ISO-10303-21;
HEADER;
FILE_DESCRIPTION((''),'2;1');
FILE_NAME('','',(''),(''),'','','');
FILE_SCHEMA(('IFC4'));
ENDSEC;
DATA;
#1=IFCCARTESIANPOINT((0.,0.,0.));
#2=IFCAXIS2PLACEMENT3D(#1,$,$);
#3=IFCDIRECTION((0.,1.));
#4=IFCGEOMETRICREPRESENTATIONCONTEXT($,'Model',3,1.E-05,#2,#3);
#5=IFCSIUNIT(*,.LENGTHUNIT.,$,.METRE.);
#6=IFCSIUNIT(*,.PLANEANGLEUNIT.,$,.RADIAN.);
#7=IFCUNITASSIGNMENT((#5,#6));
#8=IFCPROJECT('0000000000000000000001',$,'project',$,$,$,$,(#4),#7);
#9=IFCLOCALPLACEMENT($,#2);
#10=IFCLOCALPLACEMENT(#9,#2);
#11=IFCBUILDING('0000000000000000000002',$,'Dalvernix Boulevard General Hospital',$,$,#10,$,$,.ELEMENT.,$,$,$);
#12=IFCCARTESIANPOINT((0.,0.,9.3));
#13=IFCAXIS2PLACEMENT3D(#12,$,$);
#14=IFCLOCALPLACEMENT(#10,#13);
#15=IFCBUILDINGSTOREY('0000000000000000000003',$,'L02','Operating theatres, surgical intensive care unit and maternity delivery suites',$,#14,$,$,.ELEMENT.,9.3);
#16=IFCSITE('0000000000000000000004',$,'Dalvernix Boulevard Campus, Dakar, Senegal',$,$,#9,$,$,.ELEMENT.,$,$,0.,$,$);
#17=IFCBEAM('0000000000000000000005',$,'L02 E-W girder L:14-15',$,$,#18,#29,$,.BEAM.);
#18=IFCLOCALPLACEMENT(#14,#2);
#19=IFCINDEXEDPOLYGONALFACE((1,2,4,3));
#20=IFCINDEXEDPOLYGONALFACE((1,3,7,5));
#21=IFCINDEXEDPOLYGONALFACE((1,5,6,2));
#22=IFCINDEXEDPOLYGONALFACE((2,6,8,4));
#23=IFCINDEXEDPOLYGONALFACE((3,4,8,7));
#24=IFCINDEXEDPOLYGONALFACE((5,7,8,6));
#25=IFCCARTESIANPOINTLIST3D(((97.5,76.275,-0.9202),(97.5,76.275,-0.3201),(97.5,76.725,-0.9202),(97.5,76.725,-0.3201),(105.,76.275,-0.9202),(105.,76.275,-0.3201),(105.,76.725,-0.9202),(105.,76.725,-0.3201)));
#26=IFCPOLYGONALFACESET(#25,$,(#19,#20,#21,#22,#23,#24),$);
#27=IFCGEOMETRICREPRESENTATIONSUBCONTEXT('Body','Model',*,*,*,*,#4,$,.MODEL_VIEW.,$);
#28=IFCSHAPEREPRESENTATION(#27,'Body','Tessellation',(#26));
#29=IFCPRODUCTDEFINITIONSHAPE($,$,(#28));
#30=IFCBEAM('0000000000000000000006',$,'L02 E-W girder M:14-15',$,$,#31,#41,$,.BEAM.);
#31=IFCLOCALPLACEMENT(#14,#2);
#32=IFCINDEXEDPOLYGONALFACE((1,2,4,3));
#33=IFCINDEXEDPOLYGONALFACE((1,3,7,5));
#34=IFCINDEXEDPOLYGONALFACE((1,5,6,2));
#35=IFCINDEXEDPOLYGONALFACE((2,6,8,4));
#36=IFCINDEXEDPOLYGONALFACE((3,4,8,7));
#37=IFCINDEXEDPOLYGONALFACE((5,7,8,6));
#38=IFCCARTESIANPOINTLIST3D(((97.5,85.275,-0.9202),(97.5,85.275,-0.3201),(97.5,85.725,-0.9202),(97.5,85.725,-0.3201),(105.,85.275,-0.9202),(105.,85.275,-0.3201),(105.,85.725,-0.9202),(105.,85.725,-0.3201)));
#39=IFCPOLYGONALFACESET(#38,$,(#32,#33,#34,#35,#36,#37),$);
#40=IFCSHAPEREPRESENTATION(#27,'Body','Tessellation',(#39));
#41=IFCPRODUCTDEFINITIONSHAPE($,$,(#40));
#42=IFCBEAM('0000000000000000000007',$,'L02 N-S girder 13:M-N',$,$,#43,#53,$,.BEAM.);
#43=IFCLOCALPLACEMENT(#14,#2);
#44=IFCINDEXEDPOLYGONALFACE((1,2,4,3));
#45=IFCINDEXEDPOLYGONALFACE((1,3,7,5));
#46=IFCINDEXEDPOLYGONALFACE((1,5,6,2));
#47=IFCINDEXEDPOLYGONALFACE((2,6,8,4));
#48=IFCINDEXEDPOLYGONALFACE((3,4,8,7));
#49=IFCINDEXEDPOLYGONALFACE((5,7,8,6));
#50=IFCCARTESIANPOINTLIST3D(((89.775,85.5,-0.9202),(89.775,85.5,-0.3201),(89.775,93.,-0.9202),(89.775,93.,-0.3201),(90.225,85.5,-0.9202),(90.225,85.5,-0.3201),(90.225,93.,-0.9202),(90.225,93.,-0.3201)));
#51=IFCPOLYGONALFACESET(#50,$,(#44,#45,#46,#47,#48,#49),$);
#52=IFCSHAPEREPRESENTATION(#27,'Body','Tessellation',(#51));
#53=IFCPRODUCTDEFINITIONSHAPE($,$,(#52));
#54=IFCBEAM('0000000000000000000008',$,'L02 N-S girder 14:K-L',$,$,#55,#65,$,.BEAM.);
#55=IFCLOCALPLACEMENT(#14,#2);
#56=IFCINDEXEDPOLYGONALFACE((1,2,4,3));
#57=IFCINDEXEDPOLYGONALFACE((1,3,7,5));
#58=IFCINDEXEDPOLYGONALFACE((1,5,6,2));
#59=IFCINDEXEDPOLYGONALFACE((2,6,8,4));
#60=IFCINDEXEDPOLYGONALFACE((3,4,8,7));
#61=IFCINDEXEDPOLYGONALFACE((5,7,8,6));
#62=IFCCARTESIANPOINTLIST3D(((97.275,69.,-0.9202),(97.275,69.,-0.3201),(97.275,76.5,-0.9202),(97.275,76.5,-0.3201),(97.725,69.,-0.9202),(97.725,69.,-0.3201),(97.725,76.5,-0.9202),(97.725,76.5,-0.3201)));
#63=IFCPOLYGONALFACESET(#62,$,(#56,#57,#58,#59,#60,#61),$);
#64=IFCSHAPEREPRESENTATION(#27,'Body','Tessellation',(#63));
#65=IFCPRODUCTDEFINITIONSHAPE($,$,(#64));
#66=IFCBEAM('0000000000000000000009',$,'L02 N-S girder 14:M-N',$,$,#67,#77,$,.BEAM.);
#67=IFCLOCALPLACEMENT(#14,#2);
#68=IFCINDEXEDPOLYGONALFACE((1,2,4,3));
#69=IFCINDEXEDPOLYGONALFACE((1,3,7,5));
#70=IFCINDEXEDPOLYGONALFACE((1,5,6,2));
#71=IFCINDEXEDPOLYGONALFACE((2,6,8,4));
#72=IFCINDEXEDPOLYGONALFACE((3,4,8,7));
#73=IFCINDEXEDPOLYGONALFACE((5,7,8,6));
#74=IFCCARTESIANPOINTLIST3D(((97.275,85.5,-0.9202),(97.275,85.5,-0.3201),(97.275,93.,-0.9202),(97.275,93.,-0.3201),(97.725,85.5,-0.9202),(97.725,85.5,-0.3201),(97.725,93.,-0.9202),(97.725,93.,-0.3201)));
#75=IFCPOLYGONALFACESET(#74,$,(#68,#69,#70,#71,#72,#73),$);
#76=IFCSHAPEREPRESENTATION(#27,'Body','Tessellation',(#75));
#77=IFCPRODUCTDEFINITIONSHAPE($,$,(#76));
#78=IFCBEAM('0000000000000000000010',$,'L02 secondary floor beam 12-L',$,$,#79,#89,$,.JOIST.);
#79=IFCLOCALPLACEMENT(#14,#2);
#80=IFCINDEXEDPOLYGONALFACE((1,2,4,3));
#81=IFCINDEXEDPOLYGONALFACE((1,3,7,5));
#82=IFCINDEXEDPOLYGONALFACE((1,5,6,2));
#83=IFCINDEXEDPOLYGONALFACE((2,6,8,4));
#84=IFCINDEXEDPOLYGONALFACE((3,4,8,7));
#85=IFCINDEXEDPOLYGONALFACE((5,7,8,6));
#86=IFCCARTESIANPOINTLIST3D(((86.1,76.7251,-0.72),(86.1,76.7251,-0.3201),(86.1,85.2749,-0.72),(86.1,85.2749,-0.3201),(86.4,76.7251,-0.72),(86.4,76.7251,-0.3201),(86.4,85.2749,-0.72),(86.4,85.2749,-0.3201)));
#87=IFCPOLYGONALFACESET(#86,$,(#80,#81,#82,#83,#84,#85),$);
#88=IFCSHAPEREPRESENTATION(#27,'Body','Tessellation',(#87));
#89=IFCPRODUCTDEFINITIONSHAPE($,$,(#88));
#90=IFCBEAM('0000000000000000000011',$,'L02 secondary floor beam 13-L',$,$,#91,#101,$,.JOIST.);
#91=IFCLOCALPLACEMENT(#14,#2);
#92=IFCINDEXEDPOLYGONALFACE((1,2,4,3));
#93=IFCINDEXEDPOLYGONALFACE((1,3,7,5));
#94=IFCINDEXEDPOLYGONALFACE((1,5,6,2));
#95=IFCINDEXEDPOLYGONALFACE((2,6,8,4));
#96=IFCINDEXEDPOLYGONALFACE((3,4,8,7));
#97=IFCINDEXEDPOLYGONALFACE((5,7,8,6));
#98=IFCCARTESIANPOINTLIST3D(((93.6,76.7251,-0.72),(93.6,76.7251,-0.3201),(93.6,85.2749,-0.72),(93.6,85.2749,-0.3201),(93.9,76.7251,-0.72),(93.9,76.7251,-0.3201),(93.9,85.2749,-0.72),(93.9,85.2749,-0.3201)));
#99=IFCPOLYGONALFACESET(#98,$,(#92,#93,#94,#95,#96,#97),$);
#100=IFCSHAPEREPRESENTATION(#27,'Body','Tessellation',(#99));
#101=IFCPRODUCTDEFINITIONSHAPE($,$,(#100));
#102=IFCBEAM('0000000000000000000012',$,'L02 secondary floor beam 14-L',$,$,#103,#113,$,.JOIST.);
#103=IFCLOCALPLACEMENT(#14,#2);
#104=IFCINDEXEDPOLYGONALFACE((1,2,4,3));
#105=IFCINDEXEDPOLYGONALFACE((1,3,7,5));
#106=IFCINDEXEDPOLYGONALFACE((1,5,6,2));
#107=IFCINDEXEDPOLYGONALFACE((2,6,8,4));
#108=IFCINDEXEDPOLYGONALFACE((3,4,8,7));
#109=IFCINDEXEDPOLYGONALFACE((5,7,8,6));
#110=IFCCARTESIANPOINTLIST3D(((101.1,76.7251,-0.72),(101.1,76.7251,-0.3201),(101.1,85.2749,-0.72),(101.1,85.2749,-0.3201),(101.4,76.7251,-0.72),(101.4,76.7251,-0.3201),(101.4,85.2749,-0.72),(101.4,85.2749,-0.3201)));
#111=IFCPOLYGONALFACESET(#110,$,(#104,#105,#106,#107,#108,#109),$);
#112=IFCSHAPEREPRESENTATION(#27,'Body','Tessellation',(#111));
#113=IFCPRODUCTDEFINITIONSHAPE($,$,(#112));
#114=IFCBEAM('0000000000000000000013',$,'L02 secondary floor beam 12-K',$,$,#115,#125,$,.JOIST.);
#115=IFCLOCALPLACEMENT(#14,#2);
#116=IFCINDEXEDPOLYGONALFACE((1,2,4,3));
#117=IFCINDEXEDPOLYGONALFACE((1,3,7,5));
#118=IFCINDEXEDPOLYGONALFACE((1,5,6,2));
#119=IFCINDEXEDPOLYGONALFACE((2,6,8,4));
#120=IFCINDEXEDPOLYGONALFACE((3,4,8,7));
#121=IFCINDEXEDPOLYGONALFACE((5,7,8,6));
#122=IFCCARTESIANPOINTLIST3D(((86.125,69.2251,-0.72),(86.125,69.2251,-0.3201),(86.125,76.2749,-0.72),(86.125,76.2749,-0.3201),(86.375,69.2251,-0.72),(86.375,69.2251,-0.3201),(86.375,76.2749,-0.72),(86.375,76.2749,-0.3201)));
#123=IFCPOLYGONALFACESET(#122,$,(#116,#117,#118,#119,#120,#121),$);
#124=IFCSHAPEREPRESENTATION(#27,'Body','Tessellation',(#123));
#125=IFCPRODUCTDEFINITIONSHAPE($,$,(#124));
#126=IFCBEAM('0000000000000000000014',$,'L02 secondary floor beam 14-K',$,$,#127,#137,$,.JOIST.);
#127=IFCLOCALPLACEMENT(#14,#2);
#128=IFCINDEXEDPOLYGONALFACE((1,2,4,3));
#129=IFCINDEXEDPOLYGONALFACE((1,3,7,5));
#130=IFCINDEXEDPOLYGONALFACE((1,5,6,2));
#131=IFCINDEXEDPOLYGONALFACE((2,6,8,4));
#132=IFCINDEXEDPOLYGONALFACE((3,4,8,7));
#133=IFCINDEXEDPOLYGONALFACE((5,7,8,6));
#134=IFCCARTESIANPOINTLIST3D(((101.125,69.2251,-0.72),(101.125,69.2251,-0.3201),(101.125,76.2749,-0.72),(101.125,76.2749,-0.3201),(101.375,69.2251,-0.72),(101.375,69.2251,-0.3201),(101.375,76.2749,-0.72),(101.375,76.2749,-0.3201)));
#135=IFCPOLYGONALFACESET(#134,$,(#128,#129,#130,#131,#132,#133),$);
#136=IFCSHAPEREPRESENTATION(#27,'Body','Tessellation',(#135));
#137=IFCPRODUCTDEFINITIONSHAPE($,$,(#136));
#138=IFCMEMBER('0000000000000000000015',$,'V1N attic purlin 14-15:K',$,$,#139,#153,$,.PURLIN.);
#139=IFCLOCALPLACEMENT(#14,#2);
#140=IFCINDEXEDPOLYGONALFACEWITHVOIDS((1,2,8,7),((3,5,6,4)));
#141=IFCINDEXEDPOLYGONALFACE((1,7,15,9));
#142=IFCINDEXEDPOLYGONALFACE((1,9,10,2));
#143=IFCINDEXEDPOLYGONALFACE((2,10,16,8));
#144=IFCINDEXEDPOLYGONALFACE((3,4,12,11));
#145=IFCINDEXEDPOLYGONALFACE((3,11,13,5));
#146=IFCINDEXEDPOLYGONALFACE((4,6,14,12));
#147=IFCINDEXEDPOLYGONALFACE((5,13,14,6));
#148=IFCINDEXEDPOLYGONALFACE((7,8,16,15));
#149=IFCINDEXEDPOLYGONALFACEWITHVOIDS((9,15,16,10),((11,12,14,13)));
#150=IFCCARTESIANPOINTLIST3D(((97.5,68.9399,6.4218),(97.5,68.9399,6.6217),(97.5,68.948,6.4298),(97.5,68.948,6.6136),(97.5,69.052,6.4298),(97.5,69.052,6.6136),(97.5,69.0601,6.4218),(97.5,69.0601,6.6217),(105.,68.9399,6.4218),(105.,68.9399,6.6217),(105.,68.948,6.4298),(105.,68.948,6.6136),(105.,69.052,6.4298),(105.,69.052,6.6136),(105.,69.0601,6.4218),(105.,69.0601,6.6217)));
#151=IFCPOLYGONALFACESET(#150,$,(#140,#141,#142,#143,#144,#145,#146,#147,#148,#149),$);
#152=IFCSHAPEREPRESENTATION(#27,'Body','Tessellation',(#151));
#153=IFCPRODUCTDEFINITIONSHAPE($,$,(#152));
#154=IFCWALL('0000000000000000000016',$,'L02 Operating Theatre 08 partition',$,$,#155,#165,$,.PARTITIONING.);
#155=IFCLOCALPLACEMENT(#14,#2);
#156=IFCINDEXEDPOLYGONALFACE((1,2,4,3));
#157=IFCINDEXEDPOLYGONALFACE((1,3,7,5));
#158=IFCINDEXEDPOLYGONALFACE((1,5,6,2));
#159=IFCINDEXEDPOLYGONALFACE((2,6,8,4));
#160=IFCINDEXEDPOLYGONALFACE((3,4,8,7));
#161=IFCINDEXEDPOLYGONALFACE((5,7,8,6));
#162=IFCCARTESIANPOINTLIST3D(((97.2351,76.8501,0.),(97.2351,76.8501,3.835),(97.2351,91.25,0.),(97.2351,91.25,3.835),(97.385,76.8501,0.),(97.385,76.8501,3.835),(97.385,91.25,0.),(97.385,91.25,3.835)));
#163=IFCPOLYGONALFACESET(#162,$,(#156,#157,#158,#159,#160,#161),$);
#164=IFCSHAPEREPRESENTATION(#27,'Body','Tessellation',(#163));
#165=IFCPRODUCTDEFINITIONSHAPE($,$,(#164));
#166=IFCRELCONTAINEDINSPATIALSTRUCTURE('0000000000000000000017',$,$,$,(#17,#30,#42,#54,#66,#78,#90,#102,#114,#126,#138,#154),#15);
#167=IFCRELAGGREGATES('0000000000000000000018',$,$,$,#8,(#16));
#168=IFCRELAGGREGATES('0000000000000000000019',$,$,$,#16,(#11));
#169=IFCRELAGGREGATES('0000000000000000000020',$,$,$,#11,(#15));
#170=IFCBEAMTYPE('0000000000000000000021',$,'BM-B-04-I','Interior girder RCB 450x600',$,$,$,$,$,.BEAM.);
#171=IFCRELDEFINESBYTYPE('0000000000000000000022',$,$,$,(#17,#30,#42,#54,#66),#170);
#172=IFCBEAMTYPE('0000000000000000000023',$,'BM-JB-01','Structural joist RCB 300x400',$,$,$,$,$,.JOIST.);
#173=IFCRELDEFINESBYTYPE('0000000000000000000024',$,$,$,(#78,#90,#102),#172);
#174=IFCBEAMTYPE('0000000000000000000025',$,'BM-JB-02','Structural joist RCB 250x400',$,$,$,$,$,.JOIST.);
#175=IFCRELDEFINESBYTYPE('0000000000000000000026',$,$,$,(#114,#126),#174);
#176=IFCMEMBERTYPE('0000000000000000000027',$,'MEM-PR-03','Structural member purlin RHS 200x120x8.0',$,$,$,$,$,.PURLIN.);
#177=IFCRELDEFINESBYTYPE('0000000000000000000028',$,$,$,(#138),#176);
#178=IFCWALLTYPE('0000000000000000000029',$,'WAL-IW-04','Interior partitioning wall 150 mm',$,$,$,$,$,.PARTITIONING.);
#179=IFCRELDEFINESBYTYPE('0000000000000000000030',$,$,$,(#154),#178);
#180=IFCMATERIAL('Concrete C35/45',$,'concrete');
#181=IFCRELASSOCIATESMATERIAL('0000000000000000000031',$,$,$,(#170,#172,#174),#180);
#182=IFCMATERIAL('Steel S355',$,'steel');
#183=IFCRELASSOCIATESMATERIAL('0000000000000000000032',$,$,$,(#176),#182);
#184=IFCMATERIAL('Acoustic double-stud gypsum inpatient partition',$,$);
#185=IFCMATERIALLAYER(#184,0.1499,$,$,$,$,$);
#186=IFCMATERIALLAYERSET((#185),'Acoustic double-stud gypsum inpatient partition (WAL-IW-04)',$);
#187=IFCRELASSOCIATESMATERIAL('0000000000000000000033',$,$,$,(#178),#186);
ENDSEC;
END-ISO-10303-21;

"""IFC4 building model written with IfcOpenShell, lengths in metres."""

from ifc_helpers import new_model, si_unit, direction, frame, frame_2d, origin, origin_2d, place, context, subcontext, project, spatial, rectangle, hollow_rectangle, extrude, material, layer, layer_set, material_profile, profile_set, type_object, element, save


model = new_model("IFC4")

# Units and contexts
model_context = context("Model", 3, precision=1e-05, world=origin(), true_north=direction((0.0, 1.0)))
body_context = subcontext(model_context, "Body", "Model", "MODEL_VIEW")
ifc_project = project(units=[si_unit("LENGTHUNIT", "METRE"), si_unit("PLANEANGLEUNIT", "RADIAN")], contexts=[model_context])

# Site, building, storey
site_placement = place(None, origin())
site = spatial("IfcSite", under=ifc_project, at=site_placement, Name="Dalvernix Boulevard Campus, Dakar, Senegal", CompositionType="ELEMENT", RefElevation=0.0)
building_placement = place(site_placement, origin())
building = spatial("IfcBuilding", under=site, at=building_placement, Name="Dalvernix Boulevard General Hospital", CompositionType="ELEMENT")
storey_placement = place(building_placement, frame((0.0, 0.0, 9.3)))
storey = spatial("IfcBuildingStorey", under=building, at=storey_placement, Name="L02", Description="Operating theatres, surgical intensive care unit and maternity delivery suites", CompositionType="ELEMENT", Elevation=9.3)

# Shared definitions
ifc_material_1 = material(Name="Steel S355", Category="steel")

# Beams
ifc_material_2 = material(Name="Concrete C35/45", Category="concrete")
ifc_material_profile_1 = material_profile(ifc_material_2, rectangle(XDim=0.45, YDim=0.6001, at=origin_2d()), Name="RCB 450x600")
ifc_profile_set_1 = profile_set([ifc_material_profile_1], Name="Concrete C35/45")
beam_type_1 = type_object("IfcBeamType", Name="BM-B-04-I", Description="Interior girder RCB 450x600", PredefinedType="BEAM", material=ifc_profile_set_1)
for number, where, z_axis, x_axis, name in (
    (1, (97.5, 76.5, -0.6201), (1.0, 0.0, 0.0), (0.0, 1.0, 0.0), "L02 E-W girder L:14-15"),
    (2, (97.5, 85.5, -0.6201), (1.0, 0.0, 0.0), (0.0, 1.0, 0.0), "L02 E-W girder M:14-15"),
    (3, (90.0, 85.5, -0.6201), (0.0, 1.0, 0.0), (-1.0, 0.0, 0.0), "L02 N-S girder 13:M-N"),
    (4, (97.5, 69.0, -0.6201), (0.0, 1.0, 0.0), (-1.0, 0.0, 0.0), "L02 N-S girder 14:K-L"),
    (5, (97.5, 85.5, -0.6201), (0.0, 1.0, 0.0), (-1.0, 0.0, 0.0), "L02 N-S girder 14:M-N"),
):
    element("IfcBeam", number, at=place(storey_placement, frame(where, z_axis=z_axis, x_axis=x_axis)), inside=storey, type_object=beam_type_1, Name=name, PredefinedType="BEAM", context=body_context, shape_type="SweptSolid", body=[
        extrude(rectangle(XDim=0.45, YDim=0.6001, at=origin_2d()), origin(), (0.0, 0.0, 1.0), 7.5),
    ])
ifc_material_profile_2 = material_profile(ifc_material_2, rectangle(XDim=0.3, YDim=0.3999, at=origin_2d()), Name="RCB 300x400")
ifc_profile_set_2 = profile_set([ifc_material_profile_2], Name="Concrete C35/45")
beam_type_2 = type_object("IfcBeamType", Name="BM-JB-01", Description="Structural joist RCB 300x400", PredefinedType="JOIST", material=ifc_profile_set_2)
for number, where, z_axis, x_axis, name in (
    (6, (86.25, 76.7251, -0.52), (0.0, 1.0, 0.0), (-1.0, 0.0, 0.0), "L02 secondary floor beam 12-L"),
    (7, (93.75, 76.7251, -0.52), (0.0, 1.0, 0.0), (-1.0, 0.0, 0.0), "L02 secondary floor beam 13-L"),
    (8, (101.25, 76.7251, -0.52), (0.0, 1.0, 0.0), (-1.0, 0.0, 0.0), "L02 secondary floor beam 14-L"),
):
    element("IfcBeam", number, at=place(storey_placement, frame(where, z_axis=z_axis, x_axis=x_axis)), inside=storey, type_object=beam_type_2, Name=name, PredefinedType="JOIST", context=body_context, shape_type="SweptSolid", body=[
        extrude(rectangle(XDim=0.3, YDim=0.3999, at=origin_2d()), origin(), (0.0, 0.0, 1.0), 8.5498),
    ])
ifc_material_profile_3 = material_profile(ifc_material_2, rectangle(XDim=0.25, YDim=0.3999, at=origin_2d()), Name="RCB 250x400")
ifc_profile_set_3 = profile_set([ifc_material_profile_3], Name="Concrete C35/45")
beam_type_3 = type_object("IfcBeamType", Name="BM-JB-02", Description="Structural joist RCB 250x400", PredefinedType="JOIST", material=ifc_profile_set_3)
for number, where, z_axis, x_axis, name in (
    (9, (86.25, 69.2251, -0.52), (0.0, 1.0, 0.0), (-1.0, 0.0, 0.0), "L02 secondary floor beam 12-K"),
    (10, (101.25, 69.2251, -0.52), (0.0, 1.0, 0.0), (-1.0, 0.0, 0.0), "L02 secondary floor beam 14-K"),
):
    element("IfcBeam", number, at=place(storey_placement, frame(where, z_axis=z_axis, x_axis=x_axis)), inside=storey, type_object=beam_type_3, Name=name, PredefinedType="JOIST", context=body_context, shape_type="SweptSolid", body=[
        extrude(rectangle(XDim=0.25, YDim=0.3999, at=origin_2d()), origin(), (0.0, 0.0, 1.0), 7.0498),
    ])

# Member
ifc_material_profile_4 = material_profile(ifc_material_1, hollow_rectangle(XDim=0.1201, YDim=0.2, WallThickness=0.0081, at=origin_2d()), Name="RHS 200x120x8.0")
ifc_profile_set_4 = profile_set([ifc_material_profile_4], Name="Steel S355")
member_type = type_object("IfcMemberType", Name="MEM-PR-03", Description="Structural member purlin RHS 200x120x8.0", PredefinedType="PURLIN", material=ifc_profile_set_4)
member_placement = place(storey_placement, frame((97.5, 69.0, 6.5217), z_axis=(1.0, 0.0, 0.0), x_axis=(0.0, 1.0, 0.0)))
element("IfcMember", 11, at=member_placement, inside=storey, type_object=member_type, Name="V1N attic purlin 14-15:K", PredefinedType="PURLIN", context=body_context, shape_type="SweptSolid", body=[
    extrude(hollow_rectangle(XDim=0.1201, YDim=0.2, WallThickness=0.0081, at=origin_2d()), origin(), (0.0, 0.0, 1.0), 7.5),
])

# Wall
ifc_material_3 = material(Name="Acoustic double-stud gypsum inpatient partition")
ifc_layer = layer(ifc_material_3, 0.1499)
ifc_layer_set = layer_set([ifc_layer], Name="Acoustic double-stud gypsum inpatient partition (WAL-IW-04)")
wall_type = type_object("IfcWallType", Name="WAL-IW-04", Description="Interior partitioning wall 150 mm", PredefinedType="PARTITIONING", material=ifc_layer_set)
wall_placement = place(storey_placement, frame((97.3101, 76.8501, 0.0), z_axis=(0.0, 0.0, 1.0), x_axis=(0.0, 1.0, 0.0)))
element("IfcWall", 12, at=wall_placement, inside=storey, type_object=wall_type, Name="L02 Operating Theatre 08 partition", PredefinedType="PARTITIONING", context=body_context, shape_type="SweptSolid", body=[
    extrude(rectangle(XDim=14.3999, YDim=0.1499, at=frame_2d((7.2, 0.0))), origin(), (0.0, 0.0, 1.0), 3.835),
])

save(model, "model.ifc")
